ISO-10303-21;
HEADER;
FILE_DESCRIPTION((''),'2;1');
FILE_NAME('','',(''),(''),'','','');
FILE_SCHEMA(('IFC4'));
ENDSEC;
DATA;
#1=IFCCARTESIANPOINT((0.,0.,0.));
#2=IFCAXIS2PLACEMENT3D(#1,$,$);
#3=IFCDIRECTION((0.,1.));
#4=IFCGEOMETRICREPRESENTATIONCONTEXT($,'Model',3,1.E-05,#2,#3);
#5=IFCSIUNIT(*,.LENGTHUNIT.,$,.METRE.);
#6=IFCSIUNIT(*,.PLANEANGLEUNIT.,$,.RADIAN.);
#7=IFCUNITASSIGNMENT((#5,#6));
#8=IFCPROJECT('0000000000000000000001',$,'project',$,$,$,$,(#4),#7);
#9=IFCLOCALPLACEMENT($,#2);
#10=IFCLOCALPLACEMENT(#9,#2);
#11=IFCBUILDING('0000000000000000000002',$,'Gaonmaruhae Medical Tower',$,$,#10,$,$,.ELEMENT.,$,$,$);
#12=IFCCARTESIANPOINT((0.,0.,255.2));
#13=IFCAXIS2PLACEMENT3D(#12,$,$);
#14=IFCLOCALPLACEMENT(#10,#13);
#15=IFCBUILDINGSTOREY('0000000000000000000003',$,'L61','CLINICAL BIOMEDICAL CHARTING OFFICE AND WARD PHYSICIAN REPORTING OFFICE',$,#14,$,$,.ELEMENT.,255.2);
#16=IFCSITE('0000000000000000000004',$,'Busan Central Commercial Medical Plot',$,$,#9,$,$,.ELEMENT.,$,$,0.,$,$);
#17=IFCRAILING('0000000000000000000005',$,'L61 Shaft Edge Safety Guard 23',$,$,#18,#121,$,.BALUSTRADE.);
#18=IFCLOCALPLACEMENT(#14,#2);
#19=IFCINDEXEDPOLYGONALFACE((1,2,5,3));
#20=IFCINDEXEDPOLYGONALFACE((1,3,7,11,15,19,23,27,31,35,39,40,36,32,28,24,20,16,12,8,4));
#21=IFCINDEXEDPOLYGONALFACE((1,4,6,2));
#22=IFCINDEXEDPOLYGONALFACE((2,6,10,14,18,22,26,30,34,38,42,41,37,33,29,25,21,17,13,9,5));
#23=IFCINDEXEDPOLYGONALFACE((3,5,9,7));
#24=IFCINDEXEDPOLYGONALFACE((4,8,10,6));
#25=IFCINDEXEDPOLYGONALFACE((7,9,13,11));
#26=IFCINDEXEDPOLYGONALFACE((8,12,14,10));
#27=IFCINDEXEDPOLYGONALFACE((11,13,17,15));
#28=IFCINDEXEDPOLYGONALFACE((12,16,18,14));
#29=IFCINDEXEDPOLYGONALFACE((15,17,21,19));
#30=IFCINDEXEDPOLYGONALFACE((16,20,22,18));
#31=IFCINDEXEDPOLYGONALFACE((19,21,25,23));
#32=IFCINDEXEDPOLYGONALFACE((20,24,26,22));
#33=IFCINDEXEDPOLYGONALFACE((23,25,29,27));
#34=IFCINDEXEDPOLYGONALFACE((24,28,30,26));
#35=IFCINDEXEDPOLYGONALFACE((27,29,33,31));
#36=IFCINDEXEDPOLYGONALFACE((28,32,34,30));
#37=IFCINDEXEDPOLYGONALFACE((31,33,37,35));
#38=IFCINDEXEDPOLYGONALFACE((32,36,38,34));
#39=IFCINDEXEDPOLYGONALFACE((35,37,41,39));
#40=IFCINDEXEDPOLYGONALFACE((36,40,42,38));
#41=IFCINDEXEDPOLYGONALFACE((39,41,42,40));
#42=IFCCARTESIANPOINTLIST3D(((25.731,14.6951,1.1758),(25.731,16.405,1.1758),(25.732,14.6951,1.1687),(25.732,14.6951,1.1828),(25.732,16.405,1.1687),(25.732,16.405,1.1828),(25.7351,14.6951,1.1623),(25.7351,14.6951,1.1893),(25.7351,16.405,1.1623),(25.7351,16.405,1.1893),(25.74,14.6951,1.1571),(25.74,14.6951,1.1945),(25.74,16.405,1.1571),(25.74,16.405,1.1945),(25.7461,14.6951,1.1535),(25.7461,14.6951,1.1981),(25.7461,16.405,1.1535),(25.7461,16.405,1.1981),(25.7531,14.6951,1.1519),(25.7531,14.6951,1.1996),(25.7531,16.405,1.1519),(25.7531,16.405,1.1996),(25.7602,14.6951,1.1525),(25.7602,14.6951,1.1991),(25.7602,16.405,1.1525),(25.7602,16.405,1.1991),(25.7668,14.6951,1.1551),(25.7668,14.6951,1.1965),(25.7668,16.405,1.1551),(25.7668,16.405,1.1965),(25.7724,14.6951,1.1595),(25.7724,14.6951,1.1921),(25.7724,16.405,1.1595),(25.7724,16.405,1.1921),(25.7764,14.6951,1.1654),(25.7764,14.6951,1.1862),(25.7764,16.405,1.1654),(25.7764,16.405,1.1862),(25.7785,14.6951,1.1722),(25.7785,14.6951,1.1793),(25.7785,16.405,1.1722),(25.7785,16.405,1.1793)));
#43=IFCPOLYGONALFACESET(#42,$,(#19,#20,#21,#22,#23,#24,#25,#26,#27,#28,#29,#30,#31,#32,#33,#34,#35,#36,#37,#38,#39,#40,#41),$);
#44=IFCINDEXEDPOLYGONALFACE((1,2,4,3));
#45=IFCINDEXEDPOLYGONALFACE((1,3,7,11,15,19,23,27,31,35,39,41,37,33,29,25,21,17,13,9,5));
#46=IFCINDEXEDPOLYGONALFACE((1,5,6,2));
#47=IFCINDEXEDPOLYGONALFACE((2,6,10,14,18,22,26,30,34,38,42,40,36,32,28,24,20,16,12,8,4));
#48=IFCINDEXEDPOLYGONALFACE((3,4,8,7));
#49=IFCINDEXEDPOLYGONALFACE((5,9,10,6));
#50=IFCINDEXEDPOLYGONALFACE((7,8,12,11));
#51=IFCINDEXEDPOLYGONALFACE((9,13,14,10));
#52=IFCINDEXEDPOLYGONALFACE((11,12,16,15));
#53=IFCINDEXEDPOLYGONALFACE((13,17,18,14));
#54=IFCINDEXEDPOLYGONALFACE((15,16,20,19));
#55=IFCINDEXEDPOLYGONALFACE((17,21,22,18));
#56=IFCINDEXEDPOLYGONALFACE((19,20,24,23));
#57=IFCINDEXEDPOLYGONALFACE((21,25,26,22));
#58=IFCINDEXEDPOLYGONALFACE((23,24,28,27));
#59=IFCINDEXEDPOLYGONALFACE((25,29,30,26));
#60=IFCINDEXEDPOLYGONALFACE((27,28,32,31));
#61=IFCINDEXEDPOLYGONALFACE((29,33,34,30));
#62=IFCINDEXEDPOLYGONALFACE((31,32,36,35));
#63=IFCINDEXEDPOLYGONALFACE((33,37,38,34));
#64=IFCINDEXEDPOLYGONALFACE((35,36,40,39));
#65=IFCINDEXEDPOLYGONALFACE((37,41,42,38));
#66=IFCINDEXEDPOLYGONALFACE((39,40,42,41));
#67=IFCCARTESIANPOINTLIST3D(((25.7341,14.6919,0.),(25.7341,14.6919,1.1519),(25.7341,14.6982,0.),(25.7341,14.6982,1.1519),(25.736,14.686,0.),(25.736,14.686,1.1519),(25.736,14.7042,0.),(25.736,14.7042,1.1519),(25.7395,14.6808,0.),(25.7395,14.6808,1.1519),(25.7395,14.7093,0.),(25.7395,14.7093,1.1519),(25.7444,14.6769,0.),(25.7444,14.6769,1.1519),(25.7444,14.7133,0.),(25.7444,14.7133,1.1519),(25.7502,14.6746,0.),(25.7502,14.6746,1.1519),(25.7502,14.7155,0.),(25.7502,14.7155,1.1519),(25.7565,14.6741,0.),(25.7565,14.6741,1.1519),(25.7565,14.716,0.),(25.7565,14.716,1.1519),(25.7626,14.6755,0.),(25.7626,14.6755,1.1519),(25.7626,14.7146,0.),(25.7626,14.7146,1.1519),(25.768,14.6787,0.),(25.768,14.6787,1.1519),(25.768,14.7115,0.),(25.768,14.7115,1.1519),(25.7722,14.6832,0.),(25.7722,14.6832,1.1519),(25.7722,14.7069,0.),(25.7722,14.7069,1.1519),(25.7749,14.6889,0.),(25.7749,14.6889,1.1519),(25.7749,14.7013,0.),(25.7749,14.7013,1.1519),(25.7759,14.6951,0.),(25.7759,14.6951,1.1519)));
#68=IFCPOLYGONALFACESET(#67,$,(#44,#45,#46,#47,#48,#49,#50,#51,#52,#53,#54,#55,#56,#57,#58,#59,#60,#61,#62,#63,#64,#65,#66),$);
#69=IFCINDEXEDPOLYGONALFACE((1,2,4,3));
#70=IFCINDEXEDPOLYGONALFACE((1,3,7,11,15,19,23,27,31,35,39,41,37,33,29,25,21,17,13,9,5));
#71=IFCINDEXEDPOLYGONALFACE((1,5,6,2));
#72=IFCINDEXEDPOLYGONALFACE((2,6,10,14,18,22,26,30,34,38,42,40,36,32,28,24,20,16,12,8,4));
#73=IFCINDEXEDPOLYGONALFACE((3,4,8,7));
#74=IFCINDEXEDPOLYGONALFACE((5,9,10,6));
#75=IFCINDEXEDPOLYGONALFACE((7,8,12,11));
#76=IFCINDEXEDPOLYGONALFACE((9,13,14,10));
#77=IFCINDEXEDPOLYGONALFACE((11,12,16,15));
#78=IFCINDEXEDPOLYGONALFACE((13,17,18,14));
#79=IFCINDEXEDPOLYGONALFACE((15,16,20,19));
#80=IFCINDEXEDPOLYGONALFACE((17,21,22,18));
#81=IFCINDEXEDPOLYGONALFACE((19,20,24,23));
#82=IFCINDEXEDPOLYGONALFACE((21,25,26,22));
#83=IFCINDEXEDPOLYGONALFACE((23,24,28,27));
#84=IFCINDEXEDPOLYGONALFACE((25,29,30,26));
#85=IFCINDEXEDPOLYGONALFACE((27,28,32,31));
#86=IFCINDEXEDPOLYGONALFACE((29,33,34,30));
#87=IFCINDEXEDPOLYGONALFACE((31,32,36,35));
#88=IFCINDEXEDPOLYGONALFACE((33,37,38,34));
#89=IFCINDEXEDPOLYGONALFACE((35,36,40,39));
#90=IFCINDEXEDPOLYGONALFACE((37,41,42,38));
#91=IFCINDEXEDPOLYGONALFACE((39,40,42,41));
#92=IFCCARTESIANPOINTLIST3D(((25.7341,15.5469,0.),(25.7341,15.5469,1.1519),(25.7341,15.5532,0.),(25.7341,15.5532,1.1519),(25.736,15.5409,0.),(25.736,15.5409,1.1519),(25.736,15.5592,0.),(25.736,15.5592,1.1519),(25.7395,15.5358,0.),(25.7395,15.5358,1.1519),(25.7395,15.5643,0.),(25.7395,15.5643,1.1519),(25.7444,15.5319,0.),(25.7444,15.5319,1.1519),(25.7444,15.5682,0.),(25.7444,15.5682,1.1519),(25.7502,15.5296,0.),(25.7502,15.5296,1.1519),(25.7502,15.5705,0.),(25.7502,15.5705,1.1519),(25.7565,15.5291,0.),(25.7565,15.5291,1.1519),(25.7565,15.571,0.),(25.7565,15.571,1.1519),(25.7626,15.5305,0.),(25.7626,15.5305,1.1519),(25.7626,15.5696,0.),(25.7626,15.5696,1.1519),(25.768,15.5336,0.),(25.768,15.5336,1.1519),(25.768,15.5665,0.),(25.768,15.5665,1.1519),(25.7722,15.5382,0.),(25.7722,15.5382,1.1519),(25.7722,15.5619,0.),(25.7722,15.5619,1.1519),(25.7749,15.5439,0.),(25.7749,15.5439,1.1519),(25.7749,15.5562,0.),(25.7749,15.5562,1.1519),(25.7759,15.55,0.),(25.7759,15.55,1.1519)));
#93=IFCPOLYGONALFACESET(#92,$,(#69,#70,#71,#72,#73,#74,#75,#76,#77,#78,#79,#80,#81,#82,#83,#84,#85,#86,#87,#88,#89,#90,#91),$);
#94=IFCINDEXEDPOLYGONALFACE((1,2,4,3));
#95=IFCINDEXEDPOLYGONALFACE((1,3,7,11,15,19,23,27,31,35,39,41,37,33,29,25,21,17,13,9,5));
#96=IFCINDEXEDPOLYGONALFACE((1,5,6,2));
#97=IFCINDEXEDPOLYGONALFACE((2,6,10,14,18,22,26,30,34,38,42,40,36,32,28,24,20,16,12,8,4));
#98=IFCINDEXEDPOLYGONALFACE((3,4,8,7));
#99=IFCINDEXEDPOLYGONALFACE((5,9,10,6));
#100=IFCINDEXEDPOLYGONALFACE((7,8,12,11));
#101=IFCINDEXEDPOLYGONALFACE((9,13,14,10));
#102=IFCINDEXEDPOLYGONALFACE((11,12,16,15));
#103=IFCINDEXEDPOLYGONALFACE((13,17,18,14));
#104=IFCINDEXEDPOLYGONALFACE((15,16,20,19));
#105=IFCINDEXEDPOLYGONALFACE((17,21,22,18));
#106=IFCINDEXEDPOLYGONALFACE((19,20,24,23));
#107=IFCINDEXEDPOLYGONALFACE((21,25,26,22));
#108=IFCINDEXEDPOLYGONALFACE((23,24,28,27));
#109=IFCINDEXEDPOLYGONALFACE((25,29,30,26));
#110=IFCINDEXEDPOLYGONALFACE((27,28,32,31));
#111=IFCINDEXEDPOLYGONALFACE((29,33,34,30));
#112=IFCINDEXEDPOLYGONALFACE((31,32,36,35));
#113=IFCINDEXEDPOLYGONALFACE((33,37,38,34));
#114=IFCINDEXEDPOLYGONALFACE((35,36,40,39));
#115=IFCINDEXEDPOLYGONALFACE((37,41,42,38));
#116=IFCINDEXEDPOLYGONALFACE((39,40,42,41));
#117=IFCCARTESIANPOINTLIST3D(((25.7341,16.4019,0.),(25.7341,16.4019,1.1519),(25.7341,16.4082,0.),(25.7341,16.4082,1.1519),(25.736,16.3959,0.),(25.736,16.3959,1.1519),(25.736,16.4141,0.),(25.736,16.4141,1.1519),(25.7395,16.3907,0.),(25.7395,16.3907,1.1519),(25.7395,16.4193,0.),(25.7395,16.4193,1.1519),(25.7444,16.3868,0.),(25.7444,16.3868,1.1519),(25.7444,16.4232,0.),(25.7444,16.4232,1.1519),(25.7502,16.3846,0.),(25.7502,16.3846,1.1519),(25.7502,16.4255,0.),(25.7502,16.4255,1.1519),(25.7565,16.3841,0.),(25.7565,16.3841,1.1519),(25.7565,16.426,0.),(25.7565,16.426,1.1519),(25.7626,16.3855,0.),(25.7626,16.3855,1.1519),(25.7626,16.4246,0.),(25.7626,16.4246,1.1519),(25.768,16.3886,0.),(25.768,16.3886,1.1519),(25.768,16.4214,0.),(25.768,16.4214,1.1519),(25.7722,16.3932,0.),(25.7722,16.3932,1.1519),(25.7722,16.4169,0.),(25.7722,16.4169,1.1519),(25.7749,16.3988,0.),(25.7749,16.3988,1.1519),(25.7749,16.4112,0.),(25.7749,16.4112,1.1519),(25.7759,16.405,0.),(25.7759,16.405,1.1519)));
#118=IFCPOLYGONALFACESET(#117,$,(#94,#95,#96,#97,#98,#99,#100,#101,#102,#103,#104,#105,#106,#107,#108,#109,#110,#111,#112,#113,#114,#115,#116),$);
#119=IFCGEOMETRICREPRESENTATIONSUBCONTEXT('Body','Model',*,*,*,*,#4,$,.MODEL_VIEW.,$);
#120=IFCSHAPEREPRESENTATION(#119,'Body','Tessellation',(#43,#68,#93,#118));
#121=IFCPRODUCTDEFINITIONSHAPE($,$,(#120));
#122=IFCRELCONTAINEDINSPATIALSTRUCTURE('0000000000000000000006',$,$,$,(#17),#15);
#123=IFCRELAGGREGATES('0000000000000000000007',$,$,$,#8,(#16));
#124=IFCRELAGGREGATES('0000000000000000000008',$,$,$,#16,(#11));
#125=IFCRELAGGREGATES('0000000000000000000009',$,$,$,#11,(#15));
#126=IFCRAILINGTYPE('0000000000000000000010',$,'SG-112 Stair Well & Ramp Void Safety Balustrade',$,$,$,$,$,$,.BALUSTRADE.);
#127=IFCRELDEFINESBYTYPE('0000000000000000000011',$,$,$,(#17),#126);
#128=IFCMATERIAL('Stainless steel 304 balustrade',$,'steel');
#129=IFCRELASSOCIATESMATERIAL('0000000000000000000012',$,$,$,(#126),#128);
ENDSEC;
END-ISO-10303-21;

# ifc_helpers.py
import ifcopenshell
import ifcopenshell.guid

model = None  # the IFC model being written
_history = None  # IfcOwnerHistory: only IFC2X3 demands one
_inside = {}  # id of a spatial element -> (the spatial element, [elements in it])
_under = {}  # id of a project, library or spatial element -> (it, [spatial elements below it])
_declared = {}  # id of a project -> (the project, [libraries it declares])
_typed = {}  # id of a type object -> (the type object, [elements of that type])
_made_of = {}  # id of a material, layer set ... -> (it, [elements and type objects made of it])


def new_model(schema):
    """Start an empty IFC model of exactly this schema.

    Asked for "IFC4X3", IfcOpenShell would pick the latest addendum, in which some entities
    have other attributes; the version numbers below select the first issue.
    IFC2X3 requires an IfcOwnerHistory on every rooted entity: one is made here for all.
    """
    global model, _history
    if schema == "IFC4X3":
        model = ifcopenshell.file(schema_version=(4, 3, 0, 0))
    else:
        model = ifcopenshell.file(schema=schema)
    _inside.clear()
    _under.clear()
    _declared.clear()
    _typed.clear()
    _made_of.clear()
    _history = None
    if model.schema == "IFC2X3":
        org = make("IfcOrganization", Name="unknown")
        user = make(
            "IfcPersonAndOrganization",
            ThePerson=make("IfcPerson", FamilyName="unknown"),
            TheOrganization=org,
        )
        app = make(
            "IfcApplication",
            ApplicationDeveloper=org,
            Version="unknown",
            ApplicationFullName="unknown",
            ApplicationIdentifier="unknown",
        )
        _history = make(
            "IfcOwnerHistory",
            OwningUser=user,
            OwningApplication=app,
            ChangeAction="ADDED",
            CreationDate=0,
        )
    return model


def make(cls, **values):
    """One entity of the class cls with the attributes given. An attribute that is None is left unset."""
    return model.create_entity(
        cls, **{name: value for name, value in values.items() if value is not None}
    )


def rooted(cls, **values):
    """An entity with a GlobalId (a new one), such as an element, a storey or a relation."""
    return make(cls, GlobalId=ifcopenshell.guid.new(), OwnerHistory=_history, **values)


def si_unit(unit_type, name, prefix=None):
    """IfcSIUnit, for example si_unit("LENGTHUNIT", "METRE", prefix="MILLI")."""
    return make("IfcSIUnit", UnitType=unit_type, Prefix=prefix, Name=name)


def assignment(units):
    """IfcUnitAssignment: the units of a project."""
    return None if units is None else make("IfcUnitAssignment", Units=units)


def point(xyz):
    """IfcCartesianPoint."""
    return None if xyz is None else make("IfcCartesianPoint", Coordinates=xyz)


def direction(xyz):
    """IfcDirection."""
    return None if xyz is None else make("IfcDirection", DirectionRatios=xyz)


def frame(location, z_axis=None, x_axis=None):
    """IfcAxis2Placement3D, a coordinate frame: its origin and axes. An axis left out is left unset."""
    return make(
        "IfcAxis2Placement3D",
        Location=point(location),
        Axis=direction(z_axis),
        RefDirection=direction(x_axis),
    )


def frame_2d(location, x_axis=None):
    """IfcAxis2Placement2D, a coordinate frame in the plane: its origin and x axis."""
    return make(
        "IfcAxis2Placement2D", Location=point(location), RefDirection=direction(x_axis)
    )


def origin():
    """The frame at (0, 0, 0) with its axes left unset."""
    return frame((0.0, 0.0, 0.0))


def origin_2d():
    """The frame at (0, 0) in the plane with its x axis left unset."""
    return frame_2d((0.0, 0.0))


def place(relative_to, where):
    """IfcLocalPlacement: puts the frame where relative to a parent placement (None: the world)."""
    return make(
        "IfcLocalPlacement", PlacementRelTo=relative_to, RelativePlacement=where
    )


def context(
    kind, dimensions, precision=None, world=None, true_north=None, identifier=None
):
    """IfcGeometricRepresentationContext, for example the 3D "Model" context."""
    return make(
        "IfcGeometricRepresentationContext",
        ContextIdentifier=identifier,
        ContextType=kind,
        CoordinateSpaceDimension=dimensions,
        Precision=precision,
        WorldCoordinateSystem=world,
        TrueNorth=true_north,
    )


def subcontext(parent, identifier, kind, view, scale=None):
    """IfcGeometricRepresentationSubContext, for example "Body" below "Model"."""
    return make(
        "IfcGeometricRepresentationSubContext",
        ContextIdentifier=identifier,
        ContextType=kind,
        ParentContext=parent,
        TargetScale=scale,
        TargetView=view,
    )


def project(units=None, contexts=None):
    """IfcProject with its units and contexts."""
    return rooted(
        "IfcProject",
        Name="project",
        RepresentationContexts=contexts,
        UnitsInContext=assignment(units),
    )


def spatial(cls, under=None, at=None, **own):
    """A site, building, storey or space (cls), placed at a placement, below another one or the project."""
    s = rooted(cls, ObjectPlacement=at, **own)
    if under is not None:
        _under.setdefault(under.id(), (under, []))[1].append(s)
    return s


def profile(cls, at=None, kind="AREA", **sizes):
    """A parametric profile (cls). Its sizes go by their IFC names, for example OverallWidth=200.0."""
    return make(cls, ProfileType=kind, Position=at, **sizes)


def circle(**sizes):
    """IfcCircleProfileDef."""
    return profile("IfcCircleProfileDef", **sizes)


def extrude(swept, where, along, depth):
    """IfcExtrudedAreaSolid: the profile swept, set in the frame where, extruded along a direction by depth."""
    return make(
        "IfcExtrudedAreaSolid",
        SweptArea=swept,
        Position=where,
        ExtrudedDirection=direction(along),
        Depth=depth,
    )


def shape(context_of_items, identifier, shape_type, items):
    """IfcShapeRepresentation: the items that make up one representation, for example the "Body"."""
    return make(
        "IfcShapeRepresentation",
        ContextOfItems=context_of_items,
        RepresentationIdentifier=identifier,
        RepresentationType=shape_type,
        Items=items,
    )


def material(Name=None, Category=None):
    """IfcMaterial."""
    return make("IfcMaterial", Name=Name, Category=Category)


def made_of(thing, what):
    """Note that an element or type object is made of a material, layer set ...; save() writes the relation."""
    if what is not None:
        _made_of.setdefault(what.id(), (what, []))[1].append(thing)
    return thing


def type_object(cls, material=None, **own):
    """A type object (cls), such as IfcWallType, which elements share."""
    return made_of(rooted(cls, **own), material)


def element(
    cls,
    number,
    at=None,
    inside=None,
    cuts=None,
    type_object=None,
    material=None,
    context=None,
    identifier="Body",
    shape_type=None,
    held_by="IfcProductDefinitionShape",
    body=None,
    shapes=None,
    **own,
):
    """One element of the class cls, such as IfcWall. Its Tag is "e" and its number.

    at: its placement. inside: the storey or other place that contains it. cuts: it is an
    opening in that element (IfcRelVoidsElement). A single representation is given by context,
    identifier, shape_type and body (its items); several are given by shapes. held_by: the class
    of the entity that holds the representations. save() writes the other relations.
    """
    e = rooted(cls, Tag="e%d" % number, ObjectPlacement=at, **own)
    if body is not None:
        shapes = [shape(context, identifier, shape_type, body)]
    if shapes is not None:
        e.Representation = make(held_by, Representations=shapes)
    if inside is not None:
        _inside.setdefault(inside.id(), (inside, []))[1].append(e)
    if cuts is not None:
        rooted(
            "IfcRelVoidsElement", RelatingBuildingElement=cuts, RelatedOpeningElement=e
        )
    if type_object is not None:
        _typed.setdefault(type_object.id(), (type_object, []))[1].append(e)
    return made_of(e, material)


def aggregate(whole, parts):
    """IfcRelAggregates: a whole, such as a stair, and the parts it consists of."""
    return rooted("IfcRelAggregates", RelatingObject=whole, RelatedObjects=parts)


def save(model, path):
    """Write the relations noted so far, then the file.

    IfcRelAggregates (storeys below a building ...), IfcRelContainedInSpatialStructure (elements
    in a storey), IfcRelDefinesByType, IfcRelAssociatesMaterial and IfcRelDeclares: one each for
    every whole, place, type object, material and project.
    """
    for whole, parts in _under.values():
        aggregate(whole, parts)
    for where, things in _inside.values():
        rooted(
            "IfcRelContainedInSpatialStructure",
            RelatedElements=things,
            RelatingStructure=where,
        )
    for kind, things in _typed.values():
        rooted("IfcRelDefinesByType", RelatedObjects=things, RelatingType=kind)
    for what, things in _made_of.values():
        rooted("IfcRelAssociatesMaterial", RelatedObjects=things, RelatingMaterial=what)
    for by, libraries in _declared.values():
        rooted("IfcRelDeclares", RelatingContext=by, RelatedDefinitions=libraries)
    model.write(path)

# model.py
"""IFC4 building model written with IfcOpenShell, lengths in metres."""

from ifc_helpers import new_model, si_unit, direction, frame, origin, origin_2d, place, context, subcontext, project, spatial, circle, extrude, material, type_object, element, save


model = new_model("IFC4")

# Units and contexts
model_context = context("Model", 3, precision=1e-05, world=origin(), true_north=direction((0.0, 1.0)))
body_context = subcontext(model_context, "Body", "Model", "MODEL_VIEW")
ifc_project = project(units=[si_unit("LENGTHUNIT", "METRE"), si_unit("PLANEANGLEUNIT", "RADIAN")], contexts=[model_context])

# Site, building, storey
site_placement = place(None, origin())
site = spatial("IfcSite", under=ifc_project, at=site_placement, Name="Busan Central Commercial Medical Plot", CompositionType="ELEMENT", RefElevation=0.0)
building_placement = place(site_placement, origin())
building = spatial("IfcBuilding", under=site, at=building_placement, Name="Gaonmaruhae Medical Tower", CompositionType="ELEMENT")
storey_placement = place(building_placement, frame((0.0, 0.0, 255.2)))
storey = spatial("IfcBuildingStorey", under=building, at=storey_placement, Name="L61", Description="CLINICAL BIOMEDICAL CHARTING OFFICE AND WARD PHYSICIAN REPORTING OFFICE", CompositionType="ELEMENT", Elevation=255.2)

# Railing
ifc_material_1 = material(Name="Stainless steel 304 balustrade", Category="steel")
railing_type = type_object("IfcRailingType", Name="SG-112 Stair Well & Ramp Void Safety Balustrade", PredefinedType="BALUSTRADE", material=ifc_material_1)
railing_1_placement = place(storey_placement, frame((25.7549, 14.6951, 0.0)))
element("IfcRailing", 1, at=railing_1_placement, inside=storey, type_object=railing_type, Name="L61 Shaft Edge Safety Guard 23", PredefinedType="BALUSTRADE", context=body_context, shape_type="SweptSolid", body=[
    extrude(circle(Radius=0.0239, at=origin_2d()), frame((0.0, 0.0, 1.1758), z_axis=(0.0, 1.0, 0.0), x_axis=(-1.0, 0.0, 0.0)), (0.0, 0.0, 1.0), 1.71),
    extrude(circle(Radius=0.021, at=origin_2d()), origin(), (0.0, 0.0, 1.0), 1.1519),
    extrude(circle(Radius=0.021, at=origin_2d()), frame((0.0, 0.855, 0.0)), (0.0, 0.0, 1.0), 1.1519),
    extrude(circle(Radius=0.021, at=origin_2d()), frame((0.0, 1.71, 0.0)), (0.0, 0.0, 1.0), 1.1519),
])

save(model, "model.ifc")
